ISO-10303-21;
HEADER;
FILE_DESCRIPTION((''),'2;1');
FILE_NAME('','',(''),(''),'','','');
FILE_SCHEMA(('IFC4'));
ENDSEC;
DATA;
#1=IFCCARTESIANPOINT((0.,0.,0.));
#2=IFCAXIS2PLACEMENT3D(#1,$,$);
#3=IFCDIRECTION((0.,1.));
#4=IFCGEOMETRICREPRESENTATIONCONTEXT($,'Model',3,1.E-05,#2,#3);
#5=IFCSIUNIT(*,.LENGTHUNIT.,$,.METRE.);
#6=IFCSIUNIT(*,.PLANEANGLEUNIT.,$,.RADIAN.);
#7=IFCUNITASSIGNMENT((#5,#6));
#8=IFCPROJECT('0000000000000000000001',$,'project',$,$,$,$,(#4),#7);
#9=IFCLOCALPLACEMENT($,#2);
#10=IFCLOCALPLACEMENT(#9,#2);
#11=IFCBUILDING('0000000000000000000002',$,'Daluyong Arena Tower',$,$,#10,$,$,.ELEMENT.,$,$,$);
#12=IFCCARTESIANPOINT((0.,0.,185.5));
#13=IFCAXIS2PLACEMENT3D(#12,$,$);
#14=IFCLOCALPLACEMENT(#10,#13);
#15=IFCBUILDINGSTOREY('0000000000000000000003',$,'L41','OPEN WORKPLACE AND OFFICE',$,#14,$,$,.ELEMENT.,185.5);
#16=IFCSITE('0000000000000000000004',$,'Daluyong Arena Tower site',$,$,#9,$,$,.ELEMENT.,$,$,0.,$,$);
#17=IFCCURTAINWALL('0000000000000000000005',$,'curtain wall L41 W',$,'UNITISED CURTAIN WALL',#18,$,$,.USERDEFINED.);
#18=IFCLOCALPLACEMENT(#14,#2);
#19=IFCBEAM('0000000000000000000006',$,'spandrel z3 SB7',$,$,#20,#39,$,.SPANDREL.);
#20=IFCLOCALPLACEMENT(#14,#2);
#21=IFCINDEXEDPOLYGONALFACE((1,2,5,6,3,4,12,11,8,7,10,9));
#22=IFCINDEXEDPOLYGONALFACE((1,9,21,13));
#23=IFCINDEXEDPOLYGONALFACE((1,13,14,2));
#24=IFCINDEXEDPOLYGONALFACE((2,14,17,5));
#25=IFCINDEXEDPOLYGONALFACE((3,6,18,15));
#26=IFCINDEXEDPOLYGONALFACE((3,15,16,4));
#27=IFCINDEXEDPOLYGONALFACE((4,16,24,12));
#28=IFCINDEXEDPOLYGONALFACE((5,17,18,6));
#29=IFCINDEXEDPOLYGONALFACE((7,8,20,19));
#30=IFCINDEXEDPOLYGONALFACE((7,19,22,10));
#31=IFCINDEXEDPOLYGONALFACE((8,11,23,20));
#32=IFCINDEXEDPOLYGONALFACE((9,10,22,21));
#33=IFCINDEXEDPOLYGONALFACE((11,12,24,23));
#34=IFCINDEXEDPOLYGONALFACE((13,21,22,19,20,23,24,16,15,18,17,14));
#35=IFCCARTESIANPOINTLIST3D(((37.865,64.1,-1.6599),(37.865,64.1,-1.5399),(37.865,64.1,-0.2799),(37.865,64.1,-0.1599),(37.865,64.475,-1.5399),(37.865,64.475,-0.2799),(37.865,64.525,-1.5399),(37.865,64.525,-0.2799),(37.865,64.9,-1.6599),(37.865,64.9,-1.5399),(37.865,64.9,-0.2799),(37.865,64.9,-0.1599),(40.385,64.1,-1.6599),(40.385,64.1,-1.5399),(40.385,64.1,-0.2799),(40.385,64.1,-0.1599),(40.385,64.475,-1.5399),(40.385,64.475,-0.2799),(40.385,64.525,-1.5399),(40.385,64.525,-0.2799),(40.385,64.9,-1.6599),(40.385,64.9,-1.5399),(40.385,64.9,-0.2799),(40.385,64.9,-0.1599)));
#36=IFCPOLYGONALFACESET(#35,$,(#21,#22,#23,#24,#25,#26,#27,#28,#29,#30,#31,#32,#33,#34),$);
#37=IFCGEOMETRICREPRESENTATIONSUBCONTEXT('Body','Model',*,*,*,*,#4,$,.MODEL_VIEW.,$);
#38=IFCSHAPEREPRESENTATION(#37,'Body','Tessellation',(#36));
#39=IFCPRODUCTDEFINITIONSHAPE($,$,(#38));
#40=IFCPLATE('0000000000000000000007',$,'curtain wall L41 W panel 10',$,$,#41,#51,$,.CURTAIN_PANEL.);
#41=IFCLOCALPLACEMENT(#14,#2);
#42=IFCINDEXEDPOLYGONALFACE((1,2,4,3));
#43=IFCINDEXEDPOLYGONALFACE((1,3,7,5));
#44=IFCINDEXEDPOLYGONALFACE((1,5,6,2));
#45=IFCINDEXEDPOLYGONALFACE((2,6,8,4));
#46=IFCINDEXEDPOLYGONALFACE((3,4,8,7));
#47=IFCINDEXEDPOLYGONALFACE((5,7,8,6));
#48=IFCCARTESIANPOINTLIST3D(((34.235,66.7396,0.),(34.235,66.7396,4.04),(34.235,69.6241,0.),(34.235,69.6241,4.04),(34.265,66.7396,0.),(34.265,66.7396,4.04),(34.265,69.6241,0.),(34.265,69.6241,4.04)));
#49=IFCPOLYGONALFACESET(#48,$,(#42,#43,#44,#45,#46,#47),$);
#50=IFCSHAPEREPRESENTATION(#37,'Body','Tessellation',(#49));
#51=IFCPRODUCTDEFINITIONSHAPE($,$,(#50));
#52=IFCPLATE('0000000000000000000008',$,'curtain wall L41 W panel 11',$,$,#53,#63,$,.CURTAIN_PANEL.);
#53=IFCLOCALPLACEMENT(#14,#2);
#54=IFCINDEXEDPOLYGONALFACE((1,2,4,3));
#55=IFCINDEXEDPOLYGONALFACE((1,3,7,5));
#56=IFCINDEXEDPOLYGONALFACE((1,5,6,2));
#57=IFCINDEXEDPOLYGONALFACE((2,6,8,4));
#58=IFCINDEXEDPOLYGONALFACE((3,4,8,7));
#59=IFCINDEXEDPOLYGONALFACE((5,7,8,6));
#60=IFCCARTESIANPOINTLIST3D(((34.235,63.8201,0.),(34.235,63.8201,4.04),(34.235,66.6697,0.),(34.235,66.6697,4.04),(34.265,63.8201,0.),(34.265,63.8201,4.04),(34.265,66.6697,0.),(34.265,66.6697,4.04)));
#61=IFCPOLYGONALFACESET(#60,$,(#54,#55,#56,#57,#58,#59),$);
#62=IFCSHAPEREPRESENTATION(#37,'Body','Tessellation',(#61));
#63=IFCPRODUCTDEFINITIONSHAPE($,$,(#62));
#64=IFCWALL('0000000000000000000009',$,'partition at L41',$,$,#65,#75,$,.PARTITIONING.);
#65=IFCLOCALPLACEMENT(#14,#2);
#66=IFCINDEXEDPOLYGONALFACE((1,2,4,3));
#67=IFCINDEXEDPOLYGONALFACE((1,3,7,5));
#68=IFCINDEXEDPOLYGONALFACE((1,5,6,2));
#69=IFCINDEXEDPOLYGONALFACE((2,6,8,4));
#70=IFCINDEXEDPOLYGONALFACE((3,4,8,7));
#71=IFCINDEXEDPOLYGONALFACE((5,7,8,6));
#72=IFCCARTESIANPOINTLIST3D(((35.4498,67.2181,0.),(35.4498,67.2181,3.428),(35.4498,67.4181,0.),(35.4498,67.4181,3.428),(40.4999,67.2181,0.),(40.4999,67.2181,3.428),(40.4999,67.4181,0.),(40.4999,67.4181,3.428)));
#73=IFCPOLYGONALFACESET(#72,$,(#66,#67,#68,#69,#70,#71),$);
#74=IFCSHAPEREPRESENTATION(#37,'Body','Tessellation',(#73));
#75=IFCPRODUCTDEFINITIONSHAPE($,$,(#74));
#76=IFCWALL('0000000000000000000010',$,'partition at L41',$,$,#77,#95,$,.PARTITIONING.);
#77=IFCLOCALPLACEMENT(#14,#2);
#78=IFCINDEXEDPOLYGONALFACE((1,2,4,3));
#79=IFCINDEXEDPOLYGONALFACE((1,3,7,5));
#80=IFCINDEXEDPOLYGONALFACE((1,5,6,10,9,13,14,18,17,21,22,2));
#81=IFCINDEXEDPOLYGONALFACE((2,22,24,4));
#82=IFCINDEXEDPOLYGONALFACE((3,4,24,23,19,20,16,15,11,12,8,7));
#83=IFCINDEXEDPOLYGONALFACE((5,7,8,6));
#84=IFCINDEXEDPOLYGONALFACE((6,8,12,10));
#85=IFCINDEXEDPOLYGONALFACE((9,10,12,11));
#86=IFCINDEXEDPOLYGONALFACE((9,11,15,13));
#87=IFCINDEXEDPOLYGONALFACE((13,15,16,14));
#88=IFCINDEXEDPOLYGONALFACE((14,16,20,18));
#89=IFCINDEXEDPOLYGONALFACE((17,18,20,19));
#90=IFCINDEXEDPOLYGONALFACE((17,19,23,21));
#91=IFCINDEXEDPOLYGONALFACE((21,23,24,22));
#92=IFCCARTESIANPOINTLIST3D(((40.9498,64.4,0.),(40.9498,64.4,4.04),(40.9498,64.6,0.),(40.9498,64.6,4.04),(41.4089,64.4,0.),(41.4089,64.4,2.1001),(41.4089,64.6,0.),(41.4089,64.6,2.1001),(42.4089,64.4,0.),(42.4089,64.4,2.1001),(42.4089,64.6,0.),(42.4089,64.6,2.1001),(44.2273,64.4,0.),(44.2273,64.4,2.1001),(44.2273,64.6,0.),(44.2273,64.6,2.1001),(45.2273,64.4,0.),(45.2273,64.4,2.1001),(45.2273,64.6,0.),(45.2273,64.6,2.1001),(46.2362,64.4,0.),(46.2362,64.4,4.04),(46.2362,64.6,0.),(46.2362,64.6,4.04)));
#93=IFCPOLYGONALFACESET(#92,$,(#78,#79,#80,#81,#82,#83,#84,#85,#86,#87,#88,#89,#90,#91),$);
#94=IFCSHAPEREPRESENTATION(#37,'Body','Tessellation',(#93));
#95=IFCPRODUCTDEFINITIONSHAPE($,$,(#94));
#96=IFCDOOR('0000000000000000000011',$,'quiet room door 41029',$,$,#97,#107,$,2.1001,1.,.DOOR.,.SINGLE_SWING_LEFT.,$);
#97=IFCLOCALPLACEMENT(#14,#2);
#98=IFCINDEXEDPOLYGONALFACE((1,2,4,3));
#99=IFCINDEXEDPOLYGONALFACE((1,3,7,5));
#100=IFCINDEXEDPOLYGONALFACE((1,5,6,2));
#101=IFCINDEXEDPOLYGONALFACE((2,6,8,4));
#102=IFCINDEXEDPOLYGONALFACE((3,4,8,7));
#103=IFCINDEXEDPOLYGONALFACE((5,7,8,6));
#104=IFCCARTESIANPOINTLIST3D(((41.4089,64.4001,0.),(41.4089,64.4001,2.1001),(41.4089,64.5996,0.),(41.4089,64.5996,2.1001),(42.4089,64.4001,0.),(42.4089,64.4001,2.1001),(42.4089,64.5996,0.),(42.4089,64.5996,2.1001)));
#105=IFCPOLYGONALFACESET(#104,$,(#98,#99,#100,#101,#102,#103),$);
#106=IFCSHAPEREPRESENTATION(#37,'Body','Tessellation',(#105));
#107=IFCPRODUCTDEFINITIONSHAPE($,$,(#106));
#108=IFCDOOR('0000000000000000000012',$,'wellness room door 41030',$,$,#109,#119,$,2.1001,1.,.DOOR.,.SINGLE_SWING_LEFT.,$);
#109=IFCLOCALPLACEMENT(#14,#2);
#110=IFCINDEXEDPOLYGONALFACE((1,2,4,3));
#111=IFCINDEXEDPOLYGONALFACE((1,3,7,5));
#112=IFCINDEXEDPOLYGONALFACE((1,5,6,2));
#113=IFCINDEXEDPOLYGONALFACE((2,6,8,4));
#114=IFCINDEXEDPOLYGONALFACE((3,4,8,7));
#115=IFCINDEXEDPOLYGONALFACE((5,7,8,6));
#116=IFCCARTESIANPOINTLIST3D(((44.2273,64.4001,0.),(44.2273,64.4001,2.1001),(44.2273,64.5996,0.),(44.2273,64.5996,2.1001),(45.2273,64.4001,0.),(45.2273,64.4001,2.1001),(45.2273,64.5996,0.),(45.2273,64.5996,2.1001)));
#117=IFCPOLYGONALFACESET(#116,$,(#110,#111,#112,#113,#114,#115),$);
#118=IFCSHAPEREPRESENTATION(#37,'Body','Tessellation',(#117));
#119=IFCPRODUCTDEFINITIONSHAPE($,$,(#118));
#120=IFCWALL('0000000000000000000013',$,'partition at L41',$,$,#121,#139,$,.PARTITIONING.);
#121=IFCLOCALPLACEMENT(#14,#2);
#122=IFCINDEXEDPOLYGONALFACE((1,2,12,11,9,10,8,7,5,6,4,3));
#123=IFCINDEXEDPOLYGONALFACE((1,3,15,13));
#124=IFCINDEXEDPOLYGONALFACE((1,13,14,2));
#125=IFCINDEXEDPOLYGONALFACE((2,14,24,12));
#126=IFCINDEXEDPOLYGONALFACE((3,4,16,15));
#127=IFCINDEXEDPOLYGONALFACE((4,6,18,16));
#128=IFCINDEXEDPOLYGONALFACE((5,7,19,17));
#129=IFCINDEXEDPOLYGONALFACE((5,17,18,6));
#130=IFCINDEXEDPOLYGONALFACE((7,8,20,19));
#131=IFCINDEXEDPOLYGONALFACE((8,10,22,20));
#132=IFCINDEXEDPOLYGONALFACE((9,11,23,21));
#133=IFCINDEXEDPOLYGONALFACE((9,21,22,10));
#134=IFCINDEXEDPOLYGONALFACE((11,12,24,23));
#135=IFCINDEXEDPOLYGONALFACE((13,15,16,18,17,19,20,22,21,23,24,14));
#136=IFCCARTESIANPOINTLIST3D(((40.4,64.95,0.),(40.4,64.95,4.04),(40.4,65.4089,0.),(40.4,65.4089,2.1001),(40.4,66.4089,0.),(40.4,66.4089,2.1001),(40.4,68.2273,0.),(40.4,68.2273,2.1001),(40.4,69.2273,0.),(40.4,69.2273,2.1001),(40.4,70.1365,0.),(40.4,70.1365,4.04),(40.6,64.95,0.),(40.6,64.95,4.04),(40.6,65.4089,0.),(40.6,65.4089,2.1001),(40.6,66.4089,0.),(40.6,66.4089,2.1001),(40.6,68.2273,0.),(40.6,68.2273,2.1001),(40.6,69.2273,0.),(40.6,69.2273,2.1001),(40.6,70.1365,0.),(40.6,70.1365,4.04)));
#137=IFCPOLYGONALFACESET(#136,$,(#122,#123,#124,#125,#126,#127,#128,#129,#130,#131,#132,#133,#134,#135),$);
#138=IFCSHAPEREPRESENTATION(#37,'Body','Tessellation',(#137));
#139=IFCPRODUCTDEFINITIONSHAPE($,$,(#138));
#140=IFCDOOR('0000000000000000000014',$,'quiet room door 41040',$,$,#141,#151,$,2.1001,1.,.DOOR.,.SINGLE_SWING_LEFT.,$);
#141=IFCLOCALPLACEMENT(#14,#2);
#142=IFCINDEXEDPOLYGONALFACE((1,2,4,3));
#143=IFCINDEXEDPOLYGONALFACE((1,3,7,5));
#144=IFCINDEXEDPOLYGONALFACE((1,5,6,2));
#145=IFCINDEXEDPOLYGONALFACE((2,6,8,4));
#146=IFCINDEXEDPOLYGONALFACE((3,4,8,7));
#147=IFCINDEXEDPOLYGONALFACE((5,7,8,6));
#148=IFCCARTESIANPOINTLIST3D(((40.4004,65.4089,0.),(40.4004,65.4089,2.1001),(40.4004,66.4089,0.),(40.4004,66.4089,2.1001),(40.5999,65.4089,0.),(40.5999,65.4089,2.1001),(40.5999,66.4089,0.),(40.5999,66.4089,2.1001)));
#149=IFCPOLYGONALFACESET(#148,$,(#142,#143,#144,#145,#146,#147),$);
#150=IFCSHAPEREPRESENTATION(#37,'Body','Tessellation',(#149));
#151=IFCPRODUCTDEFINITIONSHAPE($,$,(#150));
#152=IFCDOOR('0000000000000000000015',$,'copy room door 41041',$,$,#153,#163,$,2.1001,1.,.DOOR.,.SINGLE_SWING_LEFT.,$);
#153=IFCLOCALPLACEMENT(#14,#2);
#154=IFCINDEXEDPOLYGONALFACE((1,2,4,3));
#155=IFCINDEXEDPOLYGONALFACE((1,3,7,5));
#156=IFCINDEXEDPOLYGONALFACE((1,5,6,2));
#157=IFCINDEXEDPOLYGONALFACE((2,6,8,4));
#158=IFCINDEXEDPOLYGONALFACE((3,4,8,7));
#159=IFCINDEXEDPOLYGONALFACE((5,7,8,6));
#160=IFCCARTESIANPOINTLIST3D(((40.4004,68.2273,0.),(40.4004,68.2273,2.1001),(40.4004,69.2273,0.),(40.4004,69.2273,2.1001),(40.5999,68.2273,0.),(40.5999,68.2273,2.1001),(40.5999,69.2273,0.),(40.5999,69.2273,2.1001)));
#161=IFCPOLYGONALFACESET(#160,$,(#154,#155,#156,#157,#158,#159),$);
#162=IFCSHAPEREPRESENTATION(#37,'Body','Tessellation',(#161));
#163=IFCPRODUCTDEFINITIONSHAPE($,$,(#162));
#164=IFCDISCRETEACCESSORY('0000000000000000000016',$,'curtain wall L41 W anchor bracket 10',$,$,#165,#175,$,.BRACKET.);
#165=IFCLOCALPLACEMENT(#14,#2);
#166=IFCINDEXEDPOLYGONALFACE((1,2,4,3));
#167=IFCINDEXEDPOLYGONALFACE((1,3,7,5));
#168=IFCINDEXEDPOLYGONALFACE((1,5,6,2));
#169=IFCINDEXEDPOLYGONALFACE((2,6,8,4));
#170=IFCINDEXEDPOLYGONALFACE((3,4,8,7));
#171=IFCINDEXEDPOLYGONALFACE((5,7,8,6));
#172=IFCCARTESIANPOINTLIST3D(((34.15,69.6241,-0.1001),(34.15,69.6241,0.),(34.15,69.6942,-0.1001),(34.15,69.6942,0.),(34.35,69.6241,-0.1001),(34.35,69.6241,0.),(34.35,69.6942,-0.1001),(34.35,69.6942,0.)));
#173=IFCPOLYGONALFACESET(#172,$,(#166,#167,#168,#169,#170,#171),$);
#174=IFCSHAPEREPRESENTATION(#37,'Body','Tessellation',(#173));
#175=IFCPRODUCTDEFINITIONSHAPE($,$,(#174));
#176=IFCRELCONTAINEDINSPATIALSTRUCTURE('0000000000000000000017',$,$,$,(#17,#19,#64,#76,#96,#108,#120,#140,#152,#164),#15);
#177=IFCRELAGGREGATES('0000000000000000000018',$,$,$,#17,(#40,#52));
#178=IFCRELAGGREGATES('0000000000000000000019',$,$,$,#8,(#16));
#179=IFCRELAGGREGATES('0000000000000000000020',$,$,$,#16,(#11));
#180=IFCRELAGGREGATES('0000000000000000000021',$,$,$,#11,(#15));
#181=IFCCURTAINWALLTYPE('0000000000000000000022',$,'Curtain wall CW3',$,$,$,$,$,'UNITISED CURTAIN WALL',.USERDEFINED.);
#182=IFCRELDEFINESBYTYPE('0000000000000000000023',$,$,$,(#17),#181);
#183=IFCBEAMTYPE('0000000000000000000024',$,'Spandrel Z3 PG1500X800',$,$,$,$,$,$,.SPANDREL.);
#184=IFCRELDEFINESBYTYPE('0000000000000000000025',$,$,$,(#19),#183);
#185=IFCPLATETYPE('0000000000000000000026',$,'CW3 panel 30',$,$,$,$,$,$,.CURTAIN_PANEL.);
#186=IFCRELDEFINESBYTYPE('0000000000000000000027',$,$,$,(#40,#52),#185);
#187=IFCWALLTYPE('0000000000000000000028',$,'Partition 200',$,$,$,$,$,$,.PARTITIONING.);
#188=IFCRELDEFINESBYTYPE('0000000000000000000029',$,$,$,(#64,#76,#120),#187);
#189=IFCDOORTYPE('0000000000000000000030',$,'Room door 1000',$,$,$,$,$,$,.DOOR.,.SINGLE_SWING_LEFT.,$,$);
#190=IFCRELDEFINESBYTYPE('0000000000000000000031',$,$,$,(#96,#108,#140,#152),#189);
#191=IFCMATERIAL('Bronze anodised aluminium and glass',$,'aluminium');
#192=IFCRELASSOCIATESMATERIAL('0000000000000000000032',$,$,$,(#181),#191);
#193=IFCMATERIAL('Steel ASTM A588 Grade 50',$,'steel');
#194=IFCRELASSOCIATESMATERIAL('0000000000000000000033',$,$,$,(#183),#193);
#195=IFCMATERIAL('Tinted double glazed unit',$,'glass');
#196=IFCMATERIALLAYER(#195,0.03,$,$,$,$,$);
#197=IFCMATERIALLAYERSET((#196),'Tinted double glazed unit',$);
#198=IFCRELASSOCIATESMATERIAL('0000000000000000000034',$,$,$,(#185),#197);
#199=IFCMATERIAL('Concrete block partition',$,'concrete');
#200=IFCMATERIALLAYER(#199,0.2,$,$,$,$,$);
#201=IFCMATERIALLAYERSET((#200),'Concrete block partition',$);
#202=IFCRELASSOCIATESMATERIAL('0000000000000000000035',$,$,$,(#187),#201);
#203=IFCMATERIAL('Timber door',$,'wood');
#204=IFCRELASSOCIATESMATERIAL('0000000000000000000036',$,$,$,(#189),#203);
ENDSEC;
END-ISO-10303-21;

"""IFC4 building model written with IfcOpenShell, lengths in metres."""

from ifc_helpers import new_model, si_unit, direction, frame, frame_2d, origin, origin_2d, place, context, subcontext, project, spatial, rectangle, i_section, extrude, material, layer, layer_set, material_profile, profile_set, type_object, element, fill, aggregate, save


model = new_model("IFC4")

# Units and contexts
model_context = context("Model", 3, precision=1e-05, world=origin(), true_north=direction((0.0, 1.0)))
body_context = subcontext(model_context, "Body", "Model", "MODEL_VIEW")
ifc_project = project(units=[si_unit("LENGTHUNIT", "METRE"), si_unit("PLANEANGLEUNIT", "RADIAN")], contexts=[model_context])

# Site, building, storey
site_placement = place(None, origin())
site = spatial("IfcSite", under=ifc_project, at=site_placement, Name="Daluyong Arena Tower site", CompositionType="ELEMENT", RefElevation=0.0)
building_placement = place(site_placement, origin())
building = spatial("IfcBuilding", under=site, at=building_placement, Name="Daluyong Arena Tower", CompositionType="ELEMENT")
storey_placement = place(building_placement, frame((0.0, 0.0, 185.5)))
storey = spatial("IfcBuildingStorey", under=building, at=storey_placement, Name="L41", Description="OPEN WORKPLACE AND OFFICE", CompositionType="ELEMENT", Elevation=185.5)

# Curtain wall
ifc_material_1 = material(Name="Bronze anodised aluminium and glass", Category="aluminium")
curtain_wall_type = type_object("IfcCurtainWallType", Name="Curtain wall CW3", ElementType="UNITISED CURTAIN WALL", PredefinedType="USERDEFINED", material=ifc_material_1)
curtain_wall_placement = place(storey_placement, origin())
curtain_wall = element("IfcCurtainWall", 1, at=curtain_wall_placement, inside=storey, type_object=curtain_wall_type, Name="curtain wall L41 W", ObjectType="UNITISED CURTAIN WALL", PredefinedType="USERDEFINED")

# Beam
ifc_material_2 = material(Name="Steel ASTM A588 Grade 50", Category="steel")
ifc_material_profile_1 = material_profile(ifc_material_2, i_section(OverallWidth=0.8, OverallDepth=1.5, WebThickness=0.05, FlangeThickness=0.12, at=origin_2d()))
ifc_profile_set_1 = profile_set([ifc_material_profile_1], Name="Steel ASTM A588 Grade 50")
beam_type_1 = type_object("IfcBeamType", Name="Spandrel Z3 PG1500X800", PredefinedType="SPANDREL", material=ifc_profile_set_1)
beam_1_placement = place(storey_placement, frame((37.865, 64.5, -0.9099), z_axis=(1.0, 0.0, 0.0), x_axis=(0.0, 1.0, 0.0)))
element("IfcBeam", 2, at=beam_1_placement, inside=storey, type_object=beam_type_1, Name="spandrel z3 SB7", PredefinedType="SPANDREL", context=body_context, shape_type="SweptSolid", body=[
    extrude(i_section(OverallWidth=0.8, OverallDepth=1.5, WebThickness=0.05, FlangeThickness=0.12, at=origin_2d()), origin(), (0.0, 0.0, 1.0), 2.52),
])

# Plates
ifc_material_3 = material(Name="Tinted double glazed unit", Category="glass")
ifc_layer_1 = layer(ifc_material_3, 0.03)
ifc_layer_set_1 = layer_set([ifc_layer_1], Name="Tinted double glazed unit")
plate_type = type_object("IfcPlateType", Name="CW3 panel 30", PredefinedType="CURTAIN_PANEL", material=ifc_layer_set_1)
plate_1_placement = place(storey_placement, frame((34.25, 68.1819, 0.0), z_axis=(0.0, 0.0, 1.0), x_axis=(0.0, -1.0, 0.0)))
plate_1 = element("IfcPlate", 3, at=plate_1_placement, type_object=plate_type, Name="curtain wall L41 W panel 10", PredefinedType="CURTAIN_PANEL", context=body_context, shape_type="SweptSolid", body=[
    extrude(rectangle(XDim=2.8845, YDim=0.03, at=origin_2d()), origin(), (0.0, 0.0, 1.0), 4.04),
])
plate_2_placement = place(storey_placement, frame((34.25, 65.2449, 0.0), z_axis=(0.0, 0.0, 1.0), x_axis=(0.0, -1.0, 0.0)))
plate_2 = element("IfcPlate", 4, at=plate_2_placement, type_object=plate_type, Name="curtain wall L41 W panel 11", PredefinedType="CURTAIN_PANEL", context=body_context, shape_type="SweptSolid", body=[
    extrude(rectangle(XDim=2.8496, YDim=0.03, at=origin_2d()), origin(), (0.0, 0.0, 1.0), 4.04),
])
aggregate(curtain_wall, [plate_1, plate_2])

# Wall
ifc_material_4 = material(Name="Concrete block partition", Category="concrete")
ifc_layer_2 = layer(ifc_material_4, 0.2)
ifc_layer_set_2 = layer_set([ifc_layer_2], Name="Concrete block partition")
wall_type = type_object("IfcWallType", Name="Partition 200", PredefinedType="PARTITIONING", material=ifc_layer_set_2)
wall_1_placement = place(storey_placement, frame((35.45, 67.3181, 0.0), z_axis=(0.0, 0.0, 1.0), x_axis=(1.0, 0.0, 0.0)))
element("IfcWall", 5, at=wall_1_placement, inside=storey, type_object=wall_type, Name="partition at L41", PredefinedType="PARTITIONING", context=body_context, shape_type="SweptSolid", body=[
    extrude(rectangle(XDim=5.05, YDim=0.2, at=frame_2d((2.5249, 0.0))), origin(), (0.0, 0.0, 1.0), 3.428),
])

# Walls, openings, doors
wall_2_placement = place(storey_placement, frame((40.95, 64.5, 0.0), z_axis=(0.0, 0.0, 1.0), x_axis=(1.0, 0.0, 0.0)))
wall_2 = element("IfcWall", 6, at=wall_2_placement, inside=storey, type_object=wall_type, Name="partition at L41", PredefinedType="PARTITIONING", context=body_context, shape_type="SweptSolid", body=[
    extrude(rectangle(XDim=5.2864, YDim=0.2, at=frame_2d((2.6431, 0.0))), origin(), (0.0, 0.0, 1.0), 4.04),
])
opening_1_placement = place(wall_2_placement, frame((0.459, 0.0, 0.0)))
opening_1 = element("IfcOpeningElement", 7, at=opening_1_placement, cuts=wall_2, PredefinedType="OPENING", context=body_context, shape_type="SweptSolid", body=[
    extrude(rectangle(XDim=1.0, YDim=2.1001, at=frame_2d((0.5, 1.05))), frame((0.0, 0.1099, 0.0), z_axis=(0.0, -1.0, 0.0), x_axis=(1.0, 0.0, 0.0)), (0.0, 0.0, 1.0), 0.22),
])
opening_2_placement = place(wall_2_placement, frame((3.2773, 0.0, 0.0)))
opening_2 = element("IfcOpeningElement", 8, at=opening_2_placement, cuts=wall_2, PredefinedType="OPENING", context=body_context, shape_type="SweptSolid", body=[
    extrude(rectangle(XDim=1.0, YDim=2.1001, at=frame_2d((0.5, 1.05))), frame((0.0, 0.1099, 0.0), z_axis=(0.0, -1.0, 0.0), x_axis=(1.0, 0.0, 0.0)), (0.0, 0.0, 1.0), 0.22),
])
ifc_material_5 = material(Name="Timber door", Category="wood")
door_type = type_object("IfcDoorType", Name="Room door 1000", OperationType="SINGLE_SWING_LEFT", PredefinedType="DOOR", material=ifc_material_5)
door_1_placement = place(opening_1_placement, origin())
door_1 = element("IfcDoor", 9, at=door_1_placement, inside=storey, type_object=door_type, Name="quiet room door 41029", OperationType="SINGLE_SWING_LEFT", OverallHeight=2.1001, OverallWidth=1.0, PredefinedType="DOOR", context=body_context, shape_type="SweptSolid", body=[
    extrude(rectangle(XDim=1.0, YDim=2.1001, at=frame_2d((0.5, 1.05))), frame((0.0, 0.0996, 0.0), z_axis=(0.0, -1.0, 0.0), x_axis=(1.0, 0.0, 0.0)), (0.0, 0.0, 1.0), 0.1995),
])
fill(opening_1, door_1)
door_2_placement = place(opening_2_placement, origin())
door_2 = element("IfcDoor", 10, at=door_2_placement, inside=storey, type_object=door_type, Name="wellness room door 41030", OperationType="SINGLE_SWING_LEFT", OverallHeight=2.1001, OverallWidth=1.0, PredefinedType="DOOR", context=body_context, shape_type="SweptSolid", body=[
    extrude(rectangle(XDim=1.0, YDim=2.1001, at=frame_2d((0.5, 1.05))), frame((0.0, 0.0996, 0.0), z_axis=(0.0, -1.0, 0.0), x_axis=(1.0, 0.0, 0.0)), (0.0, 0.0, 1.0), 0.1995),
])
fill(opening_2, door_2)
wall_3_placement = place(storey_placement, frame((40.5, 64.95, 0.0), z_axis=(0.0, 0.0, 1.0), x_axis=(0.0, 1.0, 0.0)))
wall_3 = element("IfcWall", 11, at=wall_3_placement, inside=storey, type_object=wall_type, Name="partition at L41", PredefinedType="PARTITIONING", context=body_context, shape_type="SweptSolid", body=[
    extrude(rectangle(XDim=5.1865, YDim=0.2, at=frame_2d((2.5933, 0.0))), origin(), (0.0, 0.0, 1.0), 4.04),
])
opening_3_placement = place(wall_3_placement, frame((0.459, 0.0, 0.0)))
opening_3 = element("IfcOpeningElement", 12, at=opening_3_placement, cuts=wall_3, PredefinedType="OPENING", context=body_context, shape_type="SweptSolid", body=[
    extrude(rectangle(XDim=1.0, YDim=2.1001, at=frame_2d((0.5, 1.05))), frame((0.0, 0.1099, 0.0), z_axis=(0.0, -1.0, 0.0), x_axis=(1.0, 0.0, 0.0)), (0.0, 0.0, 1.0), 0.22),
])
opening_4_placement = place(wall_3_placement, frame((3.2773, 0.0, 0.0)))
opening_4 = element("IfcOpeningElement", 13, at=opening_4_placement, cuts=wall_3, PredefinedType="OPENING", context=body_context, shape_type="SweptSolid", body=[
    extrude(rectangle(XDim=1.0, YDim=2.1001, at=frame_2d((0.5, 1.05))), frame((0.0, 0.1099, 0.0), z_axis=(0.0, -1.0, 0.0), x_axis=(1.0, 0.0, 0.0)), (0.0, 0.0, 1.0), 0.22),
])
door_3_placement = place(opening_3_placement, origin())
door_3 = element("IfcDoor", 14, at=door_3_placement, inside=storey, type_object=door_type, Name="quiet room door 41040", OperationType="SINGLE_SWING_LEFT", OverallHeight=2.1001, OverallWidth=1.0, PredefinedType="DOOR", context=body_context, shape_type="SweptSolid", body=[
    extrude(rectangle(XDim=1.0, YDim=2.1001, at=frame_2d((0.5, 1.05))), frame((0.0, 0.0996, 0.0), z_axis=(0.0, -1.0, 0.0), x_axis=(1.0, 0.0, 0.0)), (0.0, 0.0, 1.0), 0.1995),
])
fill(opening_3, door_3)
door_4_placement = place(opening_4_placement, origin())
door_4 = element("IfcDoor", 15, at=door_4_placement, inside=storey, type_object=door_type, Name="copy room door 41041", OperationType="SINGLE_SWING_LEFT", OverallHeight=2.1001, OverallWidth=1.0, PredefinedType="DOOR", context=body_context, shape_type="SweptSolid", body=[
    extrude(rectangle(XDim=1.0, YDim=2.1001, at=frame_2d((0.5, 1.05))), frame((0.0, 0.0996, 0.0), z_axis=(0.0, -1.0, 0.0), x_axis=(1.0, 0.0, 0.0)), (0.0, 0.0, 1.0), 0.1995),
])
fill(opening_4, door_4)

# Discrete accessory
for number, where, z_axis, x_axis, name in (
    (16, (34.25, 69.6592, -0.1001), (0.0, 0.0, 1.0), (0.0, -1.0, 0.0), "curtain wall L41 W anchor bracket 10"),
):
    element("IfcDiscreteAccessory", number, at=place(storey_placement, frame(where, z_axis=z_axis, x_axis=x_axis)), inside=storey, Name=name, PredefinedType="BRACKET", context=body_context, shape_type="SweptSolid", body=[
        extrude(rectangle(XDim=0.0701, YDim=0.2, at=origin_2d()), origin(), (0.0, 0.0, 1.0), 0.1001),
    ])

save(model, "model.ifc")
